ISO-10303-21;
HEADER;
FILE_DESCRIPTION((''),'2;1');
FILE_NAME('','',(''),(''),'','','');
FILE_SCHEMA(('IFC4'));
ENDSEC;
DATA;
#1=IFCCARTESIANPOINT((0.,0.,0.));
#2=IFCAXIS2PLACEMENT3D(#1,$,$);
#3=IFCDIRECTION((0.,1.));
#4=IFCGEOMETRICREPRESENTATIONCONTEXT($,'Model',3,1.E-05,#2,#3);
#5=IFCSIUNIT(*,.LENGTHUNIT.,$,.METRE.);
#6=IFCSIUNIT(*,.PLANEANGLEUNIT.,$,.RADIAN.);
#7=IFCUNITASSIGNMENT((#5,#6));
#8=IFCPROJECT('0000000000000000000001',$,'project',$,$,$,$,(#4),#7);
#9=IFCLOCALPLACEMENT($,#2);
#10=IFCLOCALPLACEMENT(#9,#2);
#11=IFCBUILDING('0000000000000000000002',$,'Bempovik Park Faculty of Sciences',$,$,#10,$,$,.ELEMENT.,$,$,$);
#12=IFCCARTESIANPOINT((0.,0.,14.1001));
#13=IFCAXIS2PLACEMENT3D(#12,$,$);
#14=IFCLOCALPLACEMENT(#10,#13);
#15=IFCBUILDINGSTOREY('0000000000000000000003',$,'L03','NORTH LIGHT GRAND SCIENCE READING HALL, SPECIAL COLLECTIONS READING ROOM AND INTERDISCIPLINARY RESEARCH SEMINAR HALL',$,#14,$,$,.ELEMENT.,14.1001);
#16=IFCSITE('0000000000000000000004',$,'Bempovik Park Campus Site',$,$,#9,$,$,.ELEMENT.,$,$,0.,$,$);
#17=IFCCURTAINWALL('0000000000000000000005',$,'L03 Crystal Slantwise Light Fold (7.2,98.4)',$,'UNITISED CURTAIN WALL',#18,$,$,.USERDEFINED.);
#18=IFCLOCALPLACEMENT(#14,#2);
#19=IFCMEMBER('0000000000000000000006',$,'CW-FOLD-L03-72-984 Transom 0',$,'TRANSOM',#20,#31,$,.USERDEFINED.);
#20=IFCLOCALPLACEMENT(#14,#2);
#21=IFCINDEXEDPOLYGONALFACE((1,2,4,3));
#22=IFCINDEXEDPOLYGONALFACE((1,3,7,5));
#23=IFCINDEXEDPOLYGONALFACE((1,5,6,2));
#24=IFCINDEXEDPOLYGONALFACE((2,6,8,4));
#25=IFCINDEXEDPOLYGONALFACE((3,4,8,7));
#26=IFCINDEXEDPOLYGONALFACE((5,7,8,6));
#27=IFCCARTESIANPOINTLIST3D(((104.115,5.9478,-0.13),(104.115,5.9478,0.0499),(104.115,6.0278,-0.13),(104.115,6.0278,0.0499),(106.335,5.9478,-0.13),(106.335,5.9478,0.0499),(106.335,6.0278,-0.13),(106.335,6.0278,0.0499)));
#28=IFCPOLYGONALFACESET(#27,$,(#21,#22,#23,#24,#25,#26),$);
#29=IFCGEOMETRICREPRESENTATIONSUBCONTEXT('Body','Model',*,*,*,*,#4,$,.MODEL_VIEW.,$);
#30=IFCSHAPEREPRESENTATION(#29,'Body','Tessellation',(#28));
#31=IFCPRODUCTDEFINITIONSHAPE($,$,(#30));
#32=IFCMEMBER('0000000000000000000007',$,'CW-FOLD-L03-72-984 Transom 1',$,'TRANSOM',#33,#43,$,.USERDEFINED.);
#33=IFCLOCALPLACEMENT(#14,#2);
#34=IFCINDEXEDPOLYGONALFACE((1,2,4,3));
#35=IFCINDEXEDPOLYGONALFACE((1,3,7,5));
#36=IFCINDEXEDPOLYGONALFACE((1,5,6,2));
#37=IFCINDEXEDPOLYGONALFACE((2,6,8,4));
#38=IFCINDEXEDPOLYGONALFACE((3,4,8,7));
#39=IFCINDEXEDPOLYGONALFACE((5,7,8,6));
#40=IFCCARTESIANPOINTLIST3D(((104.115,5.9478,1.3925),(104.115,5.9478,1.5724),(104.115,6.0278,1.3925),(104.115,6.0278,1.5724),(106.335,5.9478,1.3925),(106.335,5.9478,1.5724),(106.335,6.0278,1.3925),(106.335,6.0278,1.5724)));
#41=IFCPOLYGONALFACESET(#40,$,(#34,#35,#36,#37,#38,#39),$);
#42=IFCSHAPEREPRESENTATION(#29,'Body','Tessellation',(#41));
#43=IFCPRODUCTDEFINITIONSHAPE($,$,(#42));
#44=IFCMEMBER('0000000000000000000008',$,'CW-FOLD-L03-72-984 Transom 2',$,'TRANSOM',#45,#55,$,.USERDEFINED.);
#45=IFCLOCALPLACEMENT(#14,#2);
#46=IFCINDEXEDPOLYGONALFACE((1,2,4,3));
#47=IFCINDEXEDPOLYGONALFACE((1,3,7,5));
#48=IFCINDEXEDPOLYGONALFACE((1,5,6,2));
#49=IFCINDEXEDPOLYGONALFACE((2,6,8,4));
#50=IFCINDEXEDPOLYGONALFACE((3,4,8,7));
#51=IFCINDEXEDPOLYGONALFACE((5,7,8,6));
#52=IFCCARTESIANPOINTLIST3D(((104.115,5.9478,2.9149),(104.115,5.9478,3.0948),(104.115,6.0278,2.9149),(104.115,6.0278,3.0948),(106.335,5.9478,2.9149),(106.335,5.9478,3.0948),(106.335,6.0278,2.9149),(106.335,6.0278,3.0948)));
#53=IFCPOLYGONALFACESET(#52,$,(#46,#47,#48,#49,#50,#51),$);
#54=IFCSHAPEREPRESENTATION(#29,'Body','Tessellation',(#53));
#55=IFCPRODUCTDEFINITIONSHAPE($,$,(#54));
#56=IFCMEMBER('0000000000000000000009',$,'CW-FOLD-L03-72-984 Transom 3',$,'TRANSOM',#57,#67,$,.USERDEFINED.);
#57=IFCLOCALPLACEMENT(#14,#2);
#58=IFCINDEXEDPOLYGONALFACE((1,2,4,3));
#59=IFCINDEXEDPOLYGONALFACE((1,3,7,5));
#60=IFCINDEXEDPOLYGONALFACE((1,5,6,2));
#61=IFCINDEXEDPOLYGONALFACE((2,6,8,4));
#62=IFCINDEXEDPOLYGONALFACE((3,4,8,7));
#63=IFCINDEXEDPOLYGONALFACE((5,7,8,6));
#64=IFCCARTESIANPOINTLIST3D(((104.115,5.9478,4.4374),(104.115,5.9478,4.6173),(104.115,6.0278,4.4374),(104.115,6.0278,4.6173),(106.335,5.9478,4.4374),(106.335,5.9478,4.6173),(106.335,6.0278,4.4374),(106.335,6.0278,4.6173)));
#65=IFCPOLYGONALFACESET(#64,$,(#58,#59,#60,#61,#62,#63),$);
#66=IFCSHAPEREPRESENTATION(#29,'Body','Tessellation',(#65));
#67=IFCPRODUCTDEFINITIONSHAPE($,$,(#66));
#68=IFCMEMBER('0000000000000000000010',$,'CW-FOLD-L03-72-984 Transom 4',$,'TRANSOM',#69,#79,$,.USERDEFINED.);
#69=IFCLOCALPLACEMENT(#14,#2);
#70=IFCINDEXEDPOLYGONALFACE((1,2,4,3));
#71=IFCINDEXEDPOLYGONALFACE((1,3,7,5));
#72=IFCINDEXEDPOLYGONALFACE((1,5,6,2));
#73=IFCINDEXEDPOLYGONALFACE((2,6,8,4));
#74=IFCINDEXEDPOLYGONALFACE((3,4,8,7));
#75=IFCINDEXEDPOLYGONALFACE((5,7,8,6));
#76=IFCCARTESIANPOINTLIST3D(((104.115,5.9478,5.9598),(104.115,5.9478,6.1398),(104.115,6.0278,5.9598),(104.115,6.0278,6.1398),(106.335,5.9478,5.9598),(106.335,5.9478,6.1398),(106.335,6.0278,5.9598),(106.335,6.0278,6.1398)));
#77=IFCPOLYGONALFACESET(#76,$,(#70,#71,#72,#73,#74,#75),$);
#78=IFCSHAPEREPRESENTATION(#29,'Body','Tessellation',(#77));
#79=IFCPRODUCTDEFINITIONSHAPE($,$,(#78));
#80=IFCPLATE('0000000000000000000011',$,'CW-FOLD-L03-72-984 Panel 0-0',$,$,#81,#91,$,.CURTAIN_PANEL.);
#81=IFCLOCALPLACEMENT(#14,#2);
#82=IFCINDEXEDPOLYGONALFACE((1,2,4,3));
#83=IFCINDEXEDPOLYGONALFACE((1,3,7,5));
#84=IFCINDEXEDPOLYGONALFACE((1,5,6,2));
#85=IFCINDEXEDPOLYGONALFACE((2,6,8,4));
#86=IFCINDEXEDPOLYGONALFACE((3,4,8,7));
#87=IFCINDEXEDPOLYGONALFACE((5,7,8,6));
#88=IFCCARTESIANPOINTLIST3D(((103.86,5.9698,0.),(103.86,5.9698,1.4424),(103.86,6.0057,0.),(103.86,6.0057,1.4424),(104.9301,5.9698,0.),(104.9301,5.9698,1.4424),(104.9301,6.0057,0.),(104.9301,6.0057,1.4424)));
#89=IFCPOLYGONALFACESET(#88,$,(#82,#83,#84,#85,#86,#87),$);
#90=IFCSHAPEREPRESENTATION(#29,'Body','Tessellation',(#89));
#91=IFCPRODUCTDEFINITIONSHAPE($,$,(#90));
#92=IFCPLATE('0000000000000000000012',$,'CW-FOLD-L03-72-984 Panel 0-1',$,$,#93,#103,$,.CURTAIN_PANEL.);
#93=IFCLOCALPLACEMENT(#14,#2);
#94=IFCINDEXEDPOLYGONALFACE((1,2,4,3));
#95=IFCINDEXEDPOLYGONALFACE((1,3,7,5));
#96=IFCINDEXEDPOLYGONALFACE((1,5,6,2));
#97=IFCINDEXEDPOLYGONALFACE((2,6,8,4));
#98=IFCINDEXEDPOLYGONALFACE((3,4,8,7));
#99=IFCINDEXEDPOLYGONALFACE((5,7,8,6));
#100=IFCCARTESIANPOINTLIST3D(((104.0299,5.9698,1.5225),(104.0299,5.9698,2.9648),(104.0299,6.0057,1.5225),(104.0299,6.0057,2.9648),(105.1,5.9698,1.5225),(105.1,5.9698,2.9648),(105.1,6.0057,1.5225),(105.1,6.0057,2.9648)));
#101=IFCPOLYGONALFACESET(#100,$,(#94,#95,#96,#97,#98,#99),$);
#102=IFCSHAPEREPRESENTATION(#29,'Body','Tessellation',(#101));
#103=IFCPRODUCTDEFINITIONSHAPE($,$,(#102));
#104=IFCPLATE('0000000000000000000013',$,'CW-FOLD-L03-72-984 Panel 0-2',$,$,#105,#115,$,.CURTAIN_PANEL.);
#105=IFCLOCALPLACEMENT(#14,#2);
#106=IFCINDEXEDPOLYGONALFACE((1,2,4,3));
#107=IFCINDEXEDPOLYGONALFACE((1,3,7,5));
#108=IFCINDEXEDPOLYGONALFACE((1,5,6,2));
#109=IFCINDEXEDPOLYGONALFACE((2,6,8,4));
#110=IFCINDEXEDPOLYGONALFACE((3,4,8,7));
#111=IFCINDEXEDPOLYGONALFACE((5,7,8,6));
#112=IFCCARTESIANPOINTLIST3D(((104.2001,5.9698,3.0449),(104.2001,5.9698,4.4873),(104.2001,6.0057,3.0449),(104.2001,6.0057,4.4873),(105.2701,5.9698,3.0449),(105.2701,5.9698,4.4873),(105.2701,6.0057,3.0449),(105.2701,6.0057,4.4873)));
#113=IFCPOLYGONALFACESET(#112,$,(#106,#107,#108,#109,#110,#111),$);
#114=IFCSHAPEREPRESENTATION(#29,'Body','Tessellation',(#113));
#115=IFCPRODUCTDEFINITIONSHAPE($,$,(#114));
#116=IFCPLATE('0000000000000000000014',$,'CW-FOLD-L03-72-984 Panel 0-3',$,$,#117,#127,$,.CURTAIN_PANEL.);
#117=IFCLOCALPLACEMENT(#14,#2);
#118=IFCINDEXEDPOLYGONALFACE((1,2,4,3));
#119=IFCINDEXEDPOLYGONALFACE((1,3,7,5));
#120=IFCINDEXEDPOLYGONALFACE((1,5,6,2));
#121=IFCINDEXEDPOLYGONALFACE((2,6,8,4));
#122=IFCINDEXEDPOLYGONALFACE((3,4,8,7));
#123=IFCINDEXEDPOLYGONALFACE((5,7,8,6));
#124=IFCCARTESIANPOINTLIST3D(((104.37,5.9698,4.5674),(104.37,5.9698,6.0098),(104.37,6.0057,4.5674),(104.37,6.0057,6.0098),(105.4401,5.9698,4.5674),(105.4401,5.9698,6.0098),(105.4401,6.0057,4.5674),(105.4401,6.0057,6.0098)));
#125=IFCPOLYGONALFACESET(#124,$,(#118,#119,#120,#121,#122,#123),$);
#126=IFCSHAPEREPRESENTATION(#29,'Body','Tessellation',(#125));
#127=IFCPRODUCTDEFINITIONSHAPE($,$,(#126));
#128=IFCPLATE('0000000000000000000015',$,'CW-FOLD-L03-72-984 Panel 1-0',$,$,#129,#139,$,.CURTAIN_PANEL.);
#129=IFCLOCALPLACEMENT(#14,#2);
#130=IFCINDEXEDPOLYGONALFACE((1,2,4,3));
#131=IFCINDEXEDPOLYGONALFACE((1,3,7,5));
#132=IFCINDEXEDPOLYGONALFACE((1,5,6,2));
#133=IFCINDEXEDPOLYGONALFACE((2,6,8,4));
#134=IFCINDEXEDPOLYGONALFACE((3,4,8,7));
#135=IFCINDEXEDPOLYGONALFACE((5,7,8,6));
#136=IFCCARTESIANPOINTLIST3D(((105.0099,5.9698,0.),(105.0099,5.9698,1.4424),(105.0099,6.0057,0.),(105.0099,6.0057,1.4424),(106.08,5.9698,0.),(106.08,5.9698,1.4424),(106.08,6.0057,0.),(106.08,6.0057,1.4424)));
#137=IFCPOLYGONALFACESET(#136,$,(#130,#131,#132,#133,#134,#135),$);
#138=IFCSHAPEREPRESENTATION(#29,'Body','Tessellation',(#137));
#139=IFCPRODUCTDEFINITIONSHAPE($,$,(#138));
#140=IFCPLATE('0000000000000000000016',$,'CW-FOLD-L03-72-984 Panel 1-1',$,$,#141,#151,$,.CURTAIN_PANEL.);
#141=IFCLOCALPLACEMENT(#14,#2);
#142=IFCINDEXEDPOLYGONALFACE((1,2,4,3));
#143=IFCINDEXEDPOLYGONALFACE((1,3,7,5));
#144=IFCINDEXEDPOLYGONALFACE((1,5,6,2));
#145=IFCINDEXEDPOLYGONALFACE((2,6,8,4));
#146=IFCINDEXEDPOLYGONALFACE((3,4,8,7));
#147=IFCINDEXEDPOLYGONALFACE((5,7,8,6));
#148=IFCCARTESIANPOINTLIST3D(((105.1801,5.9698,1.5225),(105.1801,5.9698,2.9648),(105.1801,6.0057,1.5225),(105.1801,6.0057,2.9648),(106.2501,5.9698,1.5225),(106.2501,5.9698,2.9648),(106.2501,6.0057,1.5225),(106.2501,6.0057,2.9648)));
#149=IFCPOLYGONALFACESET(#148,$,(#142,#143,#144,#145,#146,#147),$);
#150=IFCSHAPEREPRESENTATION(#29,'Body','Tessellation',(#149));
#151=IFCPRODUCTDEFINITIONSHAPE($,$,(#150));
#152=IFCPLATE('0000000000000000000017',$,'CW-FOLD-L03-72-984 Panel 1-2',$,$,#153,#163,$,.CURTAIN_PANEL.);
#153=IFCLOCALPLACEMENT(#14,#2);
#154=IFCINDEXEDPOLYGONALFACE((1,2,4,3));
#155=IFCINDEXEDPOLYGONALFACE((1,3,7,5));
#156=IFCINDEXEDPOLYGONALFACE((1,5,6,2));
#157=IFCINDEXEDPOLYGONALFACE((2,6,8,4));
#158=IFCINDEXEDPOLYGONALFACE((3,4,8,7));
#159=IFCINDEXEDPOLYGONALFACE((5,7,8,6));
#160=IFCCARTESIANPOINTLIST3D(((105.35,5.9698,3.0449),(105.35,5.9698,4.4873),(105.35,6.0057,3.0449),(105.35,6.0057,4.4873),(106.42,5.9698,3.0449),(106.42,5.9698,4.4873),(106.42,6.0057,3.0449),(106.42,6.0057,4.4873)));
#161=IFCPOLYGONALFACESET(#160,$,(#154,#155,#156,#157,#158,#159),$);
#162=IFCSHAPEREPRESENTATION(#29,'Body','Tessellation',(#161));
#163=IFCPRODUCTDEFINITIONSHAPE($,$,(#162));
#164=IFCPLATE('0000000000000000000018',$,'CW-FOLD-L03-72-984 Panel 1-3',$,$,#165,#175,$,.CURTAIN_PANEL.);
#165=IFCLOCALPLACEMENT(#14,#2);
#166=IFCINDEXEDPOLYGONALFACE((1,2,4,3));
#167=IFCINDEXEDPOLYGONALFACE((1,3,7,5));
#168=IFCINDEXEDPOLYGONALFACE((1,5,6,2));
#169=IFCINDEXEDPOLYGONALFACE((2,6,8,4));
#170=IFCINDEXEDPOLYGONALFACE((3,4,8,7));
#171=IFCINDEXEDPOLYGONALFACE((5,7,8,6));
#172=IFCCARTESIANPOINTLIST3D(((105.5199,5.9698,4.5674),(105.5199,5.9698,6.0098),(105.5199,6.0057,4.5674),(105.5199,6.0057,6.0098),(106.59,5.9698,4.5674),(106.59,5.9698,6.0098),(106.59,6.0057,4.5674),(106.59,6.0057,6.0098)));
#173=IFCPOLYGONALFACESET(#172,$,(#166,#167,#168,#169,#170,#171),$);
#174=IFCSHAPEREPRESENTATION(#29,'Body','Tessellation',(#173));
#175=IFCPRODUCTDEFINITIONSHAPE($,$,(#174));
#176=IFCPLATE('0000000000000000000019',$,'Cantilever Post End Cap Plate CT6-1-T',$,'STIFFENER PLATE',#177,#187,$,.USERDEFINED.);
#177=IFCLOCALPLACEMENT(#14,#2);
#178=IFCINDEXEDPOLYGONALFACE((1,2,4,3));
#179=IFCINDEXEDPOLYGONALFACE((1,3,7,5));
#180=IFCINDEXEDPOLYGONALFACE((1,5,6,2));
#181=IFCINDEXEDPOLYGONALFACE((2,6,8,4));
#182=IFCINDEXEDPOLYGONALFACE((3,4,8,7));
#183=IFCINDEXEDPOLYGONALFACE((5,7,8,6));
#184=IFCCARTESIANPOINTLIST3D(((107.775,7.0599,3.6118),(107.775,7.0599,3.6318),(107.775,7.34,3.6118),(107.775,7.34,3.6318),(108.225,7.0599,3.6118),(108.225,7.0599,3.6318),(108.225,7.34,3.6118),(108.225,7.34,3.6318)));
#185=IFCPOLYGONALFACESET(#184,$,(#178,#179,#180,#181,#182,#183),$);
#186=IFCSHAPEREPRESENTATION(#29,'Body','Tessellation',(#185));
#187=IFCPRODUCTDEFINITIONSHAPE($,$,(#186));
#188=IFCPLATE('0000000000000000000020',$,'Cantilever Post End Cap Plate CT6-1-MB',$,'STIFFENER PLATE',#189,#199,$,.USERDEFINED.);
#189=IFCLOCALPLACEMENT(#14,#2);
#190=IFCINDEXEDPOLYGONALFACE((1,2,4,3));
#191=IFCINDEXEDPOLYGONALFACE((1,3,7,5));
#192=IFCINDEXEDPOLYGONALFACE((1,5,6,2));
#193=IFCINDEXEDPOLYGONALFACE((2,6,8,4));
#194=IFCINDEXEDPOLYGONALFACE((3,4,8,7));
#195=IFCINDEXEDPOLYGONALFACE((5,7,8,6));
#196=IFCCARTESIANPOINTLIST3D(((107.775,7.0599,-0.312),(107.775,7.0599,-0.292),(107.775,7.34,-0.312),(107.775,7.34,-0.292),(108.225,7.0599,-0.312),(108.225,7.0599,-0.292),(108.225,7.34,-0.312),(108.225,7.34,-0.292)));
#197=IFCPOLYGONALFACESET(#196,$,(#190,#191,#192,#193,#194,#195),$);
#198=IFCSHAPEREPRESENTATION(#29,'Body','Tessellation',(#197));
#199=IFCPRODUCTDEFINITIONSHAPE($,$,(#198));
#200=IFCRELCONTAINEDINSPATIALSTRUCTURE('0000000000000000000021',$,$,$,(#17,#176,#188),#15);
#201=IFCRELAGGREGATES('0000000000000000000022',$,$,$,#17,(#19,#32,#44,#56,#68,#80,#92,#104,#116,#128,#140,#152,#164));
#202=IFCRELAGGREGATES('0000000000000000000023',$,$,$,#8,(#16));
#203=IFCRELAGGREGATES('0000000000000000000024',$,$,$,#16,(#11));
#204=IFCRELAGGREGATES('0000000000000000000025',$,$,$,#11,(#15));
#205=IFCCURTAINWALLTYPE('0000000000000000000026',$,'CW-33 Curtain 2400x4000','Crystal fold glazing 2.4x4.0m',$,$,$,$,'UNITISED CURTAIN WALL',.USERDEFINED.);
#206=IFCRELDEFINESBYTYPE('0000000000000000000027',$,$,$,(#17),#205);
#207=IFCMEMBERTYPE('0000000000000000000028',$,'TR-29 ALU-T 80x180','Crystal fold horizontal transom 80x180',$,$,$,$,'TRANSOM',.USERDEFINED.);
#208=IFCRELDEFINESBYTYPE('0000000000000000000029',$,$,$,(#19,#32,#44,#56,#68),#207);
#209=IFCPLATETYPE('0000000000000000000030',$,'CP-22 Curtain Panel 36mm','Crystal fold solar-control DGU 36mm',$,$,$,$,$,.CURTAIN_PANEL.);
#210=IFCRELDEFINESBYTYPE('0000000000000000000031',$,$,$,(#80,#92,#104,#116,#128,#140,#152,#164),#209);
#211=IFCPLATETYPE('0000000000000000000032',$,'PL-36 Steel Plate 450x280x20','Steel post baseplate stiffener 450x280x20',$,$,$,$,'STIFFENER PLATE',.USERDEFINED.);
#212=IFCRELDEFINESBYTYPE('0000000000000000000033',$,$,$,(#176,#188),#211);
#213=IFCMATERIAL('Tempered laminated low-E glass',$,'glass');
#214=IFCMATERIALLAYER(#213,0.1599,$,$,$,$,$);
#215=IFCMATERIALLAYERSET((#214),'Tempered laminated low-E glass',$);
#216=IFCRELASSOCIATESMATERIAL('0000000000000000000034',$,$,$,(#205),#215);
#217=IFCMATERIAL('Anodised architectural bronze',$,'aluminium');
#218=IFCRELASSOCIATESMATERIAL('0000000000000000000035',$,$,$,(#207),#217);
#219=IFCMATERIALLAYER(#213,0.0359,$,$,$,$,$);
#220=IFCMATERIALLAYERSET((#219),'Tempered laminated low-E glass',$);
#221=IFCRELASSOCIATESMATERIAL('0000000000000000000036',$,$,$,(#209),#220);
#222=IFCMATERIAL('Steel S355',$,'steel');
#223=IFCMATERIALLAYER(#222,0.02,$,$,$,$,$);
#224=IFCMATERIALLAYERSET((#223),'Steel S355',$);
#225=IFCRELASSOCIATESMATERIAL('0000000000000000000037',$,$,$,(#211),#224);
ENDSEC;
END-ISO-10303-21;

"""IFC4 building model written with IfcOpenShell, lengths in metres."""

from ifc_helpers import new_model, si_unit, direction, frame, origin, origin_2d, place, context, subcontext, project, spatial, rectangle, extrude, material, layer, layer_set, material_profile, profile_set, type_object, element, aggregate, save


model = new_model("IFC4")

# Units and contexts
model_context = context("Model", 3, precision=1e-05, world=origin(), true_north=direction((0.0, 1.0)))
body_context = subcontext(model_context, "Body", "Model", "MODEL_VIEW")
ifc_project = project(units=[si_unit("LENGTHUNIT", "METRE"), si_unit("PLANEANGLEUNIT", "RADIAN")], contexts=[model_context])

# Site, building, storey
site_placement = place(None, origin())
site = spatial("IfcSite", under=ifc_project, at=site_placement, Name="Bempovik Park Campus Site", CompositionType="ELEMENT", RefElevation=0.0)
building_placement = place(site_placement, origin())
building = spatial("IfcBuilding", under=site, at=building_placement, Name="Bempovik Park Faculty of Sciences", CompositionType="ELEMENT")
storey_placement = place(building_placement, frame((0.0, 0.0, 14.1001)))
storey = spatial("IfcBuildingStorey", under=building, at=storey_placement, Name="L03", Description="NORTH LIGHT GRAND SCIENCE READING HALL, SPECIAL COLLECTIONS READING ROOM AND INTERDISCIPLINARY RESEARCH SEMINAR HALL", CompositionType="ELEMENT", Elevation=14.1001)

# Shared definitions
ifc_material_1 = material(Name="Steel S355", Category="steel")

# Curtain wall, members, plates
ifc_material_2 = material(Name="Tempered laminated low-E glass", Category="glass")
ifc_layer_1 = layer(ifc_material_2, 0.1599)
ifc_layer_set_1 = layer_set([ifc_layer_1], Name="Tempered laminated low-E glass")
curtain_wall_type = type_object("IfcCurtainWallType", Name="CW-33 Curtain 2400x4000", Description="Crystal fold glazing 2.4x4.0m", ElementType="UNITISED CURTAIN WALL", PredefinedType="USERDEFINED", material=ifc_layer_set_1)
curtain_wall_placement = place(storey_placement, origin())
curtain_wall = element("IfcCurtainWall", 1, at=curtain_wall_placement, inside=storey, type_object=curtain_wall_type, Name="L03 Crystal Slantwise Light Fold (7.2,98.4)", ObjectType="UNITISED CURTAIN WALL", PredefinedType="USERDEFINED")
ifc_material_3 = material(Name="Anodised architectural bronze", Category="aluminium")
ifc_material_profile_1 = material_profile(ifc_material_3, rectangle(XDim=0.0801, YDim=0.1799, at=origin_2d()), Name="ALU-T 80x180")
ifc_profile_set_1 = profile_set([ifc_material_profile_1], Name="Anodised architectural bronze")
member_type_1 = type_object("IfcMemberType", Name="TR-29 ALU-T 80x180", Description="Crystal fold horizontal transom 80x180", ElementType="TRANSOM", PredefinedType="USERDEFINED", material=ifc_profile_set_1)
member_1_placement = place(storey_placement, frame((104.115, 5.9878, -0.04), z_axis=(1.0, 0.0, 0.0), x_axis=(0.0, 1.0, 0.0)))
member_1 = element("IfcMember", 2, at=member_1_placement, type_object=member_type_1, Name="CW-FOLD-L03-72-984 Transom 0", ObjectType="TRANSOM", PredefinedType="USERDEFINED", context=body_context, shape_type="SweptSolid", body=[
    extrude(rectangle(XDim=0.0801, YDim=0.1799, at=origin_2d()), origin(), (0.0, 0.0, 1.0), 2.22),
])
member_2_placement = place(storey_placement, frame((104.115, 5.9878, 1.4824), z_axis=(1.0, 0.0, 0.0), x_axis=(0.0, 1.0, 0.0)))
member_2 = element("IfcMember", 3, at=member_2_placement, type_object=member_type_1, Name="CW-FOLD-L03-72-984 Transom 1", ObjectType="TRANSOM", PredefinedType="USERDEFINED", context=body_context, shape_type="SweptSolid", body=[
    extrude(rectangle(XDim=0.0801, YDim=0.1799, at=origin_2d()), origin(), (0.0, 0.0, 1.0), 2.22),
])
member_3_placement = place(storey_placement, frame((104.115, 5.9878, 3.0049), z_axis=(1.0, 0.0, 0.0), x_axis=(0.0, 1.0, 0.0)))
member_3 = element("IfcMember", 4, at=member_3_placement, type_object=member_type_1, Name="CW-FOLD-L03-72-984 Transom 2", ObjectType="TRANSOM", PredefinedType="USERDEFINED", context=body_context, shape_type="SweptSolid", body=[
    extrude(rectangle(XDim=0.0801, YDim=0.1799, at=origin_2d()), origin(), (0.0, 0.0, 1.0), 2.22),
])
member_4_placement = place(storey_placement, frame((104.115, 5.9878, 4.5273), z_axis=(1.0, 0.0, 0.0), x_axis=(0.0, 1.0, 0.0)))
member_4 = element("IfcMember", 5, at=member_4_placement, type_object=member_type_1, Name="CW-FOLD-L03-72-984 Transom 3", ObjectType="TRANSOM", PredefinedType="USERDEFINED", context=body_context, shape_type="SweptSolid", body=[
    extrude(rectangle(XDim=0.0801, YDim=0.1799, at=origin_2d()), origin(), (0.0, 0.0, 1.0), 2.22),
])
member_5_placement = place(storey_placement, frame((104.115, 5.9878, 6.0498), z_axis=(1.0, 0.0, 0.0), x_axis=(0.0, 1.0, 0.0)))
member_5 = element("IfcMember", 6, at=member_5_placement, type_object=member_type_1, Name="CW-FOLD-L03-72-984 Transom 4", ObjectType="TRANSOM", PredefinedType="USERDEFINED", context=body_context, shape_type="SweptSolid", body=[
    extrude(rectangle(XDim=0.0801, YDim=0.1799, at=origin_2d()), origin(), (0.0, 0.0, 1.0), 2.22),
])
ifc_layer_2 = layer(ifc_material_2, 0.0359)
ifc_layer_set_2 = layer_set([ifc_layer_2], Name="Tempered laminated low-E glass")
plate_type_1 = type_object("IfcPlateType", Name="CP-22 Curtain Panel 36mm", Description="Crystal fold solar-control DGU 36mm", PredefinedType="CURTAIN_PANEL", material=ifc_layer_set_2)
plate_1_placement = place(storey_placement, frame((104.395, 5.9878, 0.0), z_axis=(0.0, 0.0, 1.0), x_axis=(1.0, 0.0, 0.0)))
plate_1 = element("IfcPlate", 7, at=plate_1_placement, type_object=plate_type_1, Name="CW-FOLD-L03-72-984 Panel 0-0", PredefinedType="CURTAIN_PANEL", context=body_context, shape_type="SweptSolid", body=[
    extrude(rectangle(XDim=1.0701, YDim=0.0359, at=origin_2d()), origin(), (0.0, 0.0, 1.0), 1.4424),
])
plate_2_placement = place(storey_placement, frame((104.5649, 5.9878, 1.5225), z_axis=(0.0, 0.0, 1.0), x_axis=(1.0, 0.0, 0.0)))
plate_2 = element("IfcPlate", 8, at=plate_2_placement, type_object=plate_type_1, Name="CW-FOLD-L03-72-984 Panel 0-1", PredefinedType="CURTAIN_PANEL", context=body_context, shape_type="SweptSolid", body=[
    extrude(rectangle(XDim=1.0701, YDim=0.0359, at=origin_2d()), origin(), (0.0, 0.0, 1.0), 1.4424),
])
plate_3_placement = place(storey_placement, frame((104.7351, 5.9878, 3.0449), z_axis=(0.0, 0.0, 1.0), x_axis=(1.0, 0.0, 0.0)))
plate_3 = element("IfcPlate", 9, at=plate_3_placement, type_object=plate_type_1, Name="CW-FOLD-L03-72-984 Panel 0-2", PredefinedType="CURTAIN_PANEL", context=body_context, shape_type="SweptSolid", body=[
    extrude(rectangle(XDim=1.0701, YDim=0.0359, at=origin_2d()), origin(), (0.0, 0.0, 1.0), 1.4424),
])
plate_4_placement = place(storey_placement, frame((104.905, 5.9878, 4.5674), z_axis=(0.0, 0.0, 1.0), x_axis=(1.0, 0.0, 0.0)))
plate_4 = element("IfcPlate", 10, at=plate_4_placement, type_object=plate_type_1, Name="CW-FOLD-L03-72-984 Panel 0-3", PredefinedType="CURTAIN_PANEL", context=body_context, shape_type="SweptSolid", body=[
    extrude(rectangle(XDim=1.0701, YDim=0.0359, at=origin_2d()), origin(), (0.0, 0.0, 1.0), 1.4424),
])
plate_5_placement = place(storey_placement, frame((105.5449, 5.9878, 0.0), z_axis=(0.0, 0.0, 1.0), x_axis=(1.0, 0.0, 0.0)))
plate_5 = element("IfcPlate", 11, at=plate_5_placement, type_object=plate_type_1, Name="CW-FOLD-L03-72-984 Panel 1-0", PredefinedType="CURTAIN_PANEL", context=body_context, shape_type="SweptSolid", body=[
    extrude(rectangle(XDim=1.0701, YDim=0.0359, at=origin_2d()), origin(), (0.0, 0.0, 1.0), 1.4424),
])
plate_6_placement = place(storey_placement, frame((105.7151, 5.9878, 1.5225), z_axis=(0.0, 0.0, 1.0), x_axis=(1.0, 0.0, 0.0)))
plate_6 = element("IfcPlate", 12, at=plate_6_placement, type_object=plate_type_1, Name="CW-FOLD-L03-72-984 Panel 1-1", PredefinedType="CURTAIN_PANEL", context=body_context, shape_type="SweptSolid", body=[
    extrude(rectangle(XDim=1.0701, YDim=0.0359, at=origin_2d()), origin(), (0.0, 0.0, 1.0), 1.4424),
])
plate_7_placement = place(storey_placement, frame((105.885, 5.9878, 3.0449), z_axis=(0.0, 0.0, 1.0), x_axis=(1.0, 0.0, 0.0)))
plate_7 = element("IfcPlate", 13, at=plate_7_placement, type_object=plate_type_1, Name="CW-FOLD-L03-72-984 Panel 1-2", PredefinedType="CURTAIN_PANEL", context=body_context, shape_type="SweptSolid", body=[
    extrude(rectangle(XDim=1.0701, YDim=0.0359, at=origin_2d()), origin(), (0.0, 0.0, 1.0), 1.4424),
])
plate_8_placement = place(storey_placement, frame((106.0549, 5.9878, 4.5674), z_axis=(0.0, 0.0, 1.0), x_axis=(1.0, 0.0, 0.0)))
plate_8 = element("IfcPlate", 14, at=plate_8_placement, type_object=plate_type_1, Name="CW-FOLD-L03-72-984 Panel 1-3", PredefinedType="CURTAIN_PANEL", context=body_context, shape_type="SweptSolid", body=[
    extrude(rectangle(XDim=1.0701, YDim=0.0359, at=origin_2d()), origin(), (0.0, 0.0, 1.0), 1.4424),
])
aggregate(curtain_wall, [member_1, member_2, member_3, member_4, member_5, plate_1, plate_2, plate_3, plate_4, plate_5, plate_6, plate_7, plate_8])

# Plates
ifc_layer_3 = layer(ifc_material_1, 0.02)
ifc_layer_set_3 = layer_set([ifc_layer_3], Name="Steel S355")
plate_type_2 = type_object("IfcPlateType", Name="PL-36 Steel Plate 450x280x20", Description="Steel post baseplate stiffener 450x280x20", ElementType="STIFFENER PLATE", PredefinedType="USERDEFINED", material=ifc_layer_set_3)
for number, where, z_axis, x_axis, name in (
    (15, (108.0, 7.2, 3.6118), (0.0, 0.0, 1.0), (1.0, 0.0, 0.0), "Cantilever Post End Cap Plate CT6-1-T"),
    (16, (108.0, 7.2, -0.312), (0.0, 0.0, 1.0), (1.0, 0.0, 0.0), "Cantilever Post End Cap Plate CT6-1-MB"),
):
    element("IfcPlate", number, at=place(storey_placement, frame(where, z_axis=z_axis, x_axis=x_axis)), inside=storey, type_object=plate_type_2, Name=name, ObjectType="STIFFENER PLATE", PredefinedType="USERDEFINED", context=body_context, shape_type="SweptSolid", body=[
        extrude(rectangle(XDim=0.45, YDim=0.28, at=origin_2d()), origin(), (0.0, 0.0, 1.0), 0.02),
    ])

save(model, "model.ifc")
